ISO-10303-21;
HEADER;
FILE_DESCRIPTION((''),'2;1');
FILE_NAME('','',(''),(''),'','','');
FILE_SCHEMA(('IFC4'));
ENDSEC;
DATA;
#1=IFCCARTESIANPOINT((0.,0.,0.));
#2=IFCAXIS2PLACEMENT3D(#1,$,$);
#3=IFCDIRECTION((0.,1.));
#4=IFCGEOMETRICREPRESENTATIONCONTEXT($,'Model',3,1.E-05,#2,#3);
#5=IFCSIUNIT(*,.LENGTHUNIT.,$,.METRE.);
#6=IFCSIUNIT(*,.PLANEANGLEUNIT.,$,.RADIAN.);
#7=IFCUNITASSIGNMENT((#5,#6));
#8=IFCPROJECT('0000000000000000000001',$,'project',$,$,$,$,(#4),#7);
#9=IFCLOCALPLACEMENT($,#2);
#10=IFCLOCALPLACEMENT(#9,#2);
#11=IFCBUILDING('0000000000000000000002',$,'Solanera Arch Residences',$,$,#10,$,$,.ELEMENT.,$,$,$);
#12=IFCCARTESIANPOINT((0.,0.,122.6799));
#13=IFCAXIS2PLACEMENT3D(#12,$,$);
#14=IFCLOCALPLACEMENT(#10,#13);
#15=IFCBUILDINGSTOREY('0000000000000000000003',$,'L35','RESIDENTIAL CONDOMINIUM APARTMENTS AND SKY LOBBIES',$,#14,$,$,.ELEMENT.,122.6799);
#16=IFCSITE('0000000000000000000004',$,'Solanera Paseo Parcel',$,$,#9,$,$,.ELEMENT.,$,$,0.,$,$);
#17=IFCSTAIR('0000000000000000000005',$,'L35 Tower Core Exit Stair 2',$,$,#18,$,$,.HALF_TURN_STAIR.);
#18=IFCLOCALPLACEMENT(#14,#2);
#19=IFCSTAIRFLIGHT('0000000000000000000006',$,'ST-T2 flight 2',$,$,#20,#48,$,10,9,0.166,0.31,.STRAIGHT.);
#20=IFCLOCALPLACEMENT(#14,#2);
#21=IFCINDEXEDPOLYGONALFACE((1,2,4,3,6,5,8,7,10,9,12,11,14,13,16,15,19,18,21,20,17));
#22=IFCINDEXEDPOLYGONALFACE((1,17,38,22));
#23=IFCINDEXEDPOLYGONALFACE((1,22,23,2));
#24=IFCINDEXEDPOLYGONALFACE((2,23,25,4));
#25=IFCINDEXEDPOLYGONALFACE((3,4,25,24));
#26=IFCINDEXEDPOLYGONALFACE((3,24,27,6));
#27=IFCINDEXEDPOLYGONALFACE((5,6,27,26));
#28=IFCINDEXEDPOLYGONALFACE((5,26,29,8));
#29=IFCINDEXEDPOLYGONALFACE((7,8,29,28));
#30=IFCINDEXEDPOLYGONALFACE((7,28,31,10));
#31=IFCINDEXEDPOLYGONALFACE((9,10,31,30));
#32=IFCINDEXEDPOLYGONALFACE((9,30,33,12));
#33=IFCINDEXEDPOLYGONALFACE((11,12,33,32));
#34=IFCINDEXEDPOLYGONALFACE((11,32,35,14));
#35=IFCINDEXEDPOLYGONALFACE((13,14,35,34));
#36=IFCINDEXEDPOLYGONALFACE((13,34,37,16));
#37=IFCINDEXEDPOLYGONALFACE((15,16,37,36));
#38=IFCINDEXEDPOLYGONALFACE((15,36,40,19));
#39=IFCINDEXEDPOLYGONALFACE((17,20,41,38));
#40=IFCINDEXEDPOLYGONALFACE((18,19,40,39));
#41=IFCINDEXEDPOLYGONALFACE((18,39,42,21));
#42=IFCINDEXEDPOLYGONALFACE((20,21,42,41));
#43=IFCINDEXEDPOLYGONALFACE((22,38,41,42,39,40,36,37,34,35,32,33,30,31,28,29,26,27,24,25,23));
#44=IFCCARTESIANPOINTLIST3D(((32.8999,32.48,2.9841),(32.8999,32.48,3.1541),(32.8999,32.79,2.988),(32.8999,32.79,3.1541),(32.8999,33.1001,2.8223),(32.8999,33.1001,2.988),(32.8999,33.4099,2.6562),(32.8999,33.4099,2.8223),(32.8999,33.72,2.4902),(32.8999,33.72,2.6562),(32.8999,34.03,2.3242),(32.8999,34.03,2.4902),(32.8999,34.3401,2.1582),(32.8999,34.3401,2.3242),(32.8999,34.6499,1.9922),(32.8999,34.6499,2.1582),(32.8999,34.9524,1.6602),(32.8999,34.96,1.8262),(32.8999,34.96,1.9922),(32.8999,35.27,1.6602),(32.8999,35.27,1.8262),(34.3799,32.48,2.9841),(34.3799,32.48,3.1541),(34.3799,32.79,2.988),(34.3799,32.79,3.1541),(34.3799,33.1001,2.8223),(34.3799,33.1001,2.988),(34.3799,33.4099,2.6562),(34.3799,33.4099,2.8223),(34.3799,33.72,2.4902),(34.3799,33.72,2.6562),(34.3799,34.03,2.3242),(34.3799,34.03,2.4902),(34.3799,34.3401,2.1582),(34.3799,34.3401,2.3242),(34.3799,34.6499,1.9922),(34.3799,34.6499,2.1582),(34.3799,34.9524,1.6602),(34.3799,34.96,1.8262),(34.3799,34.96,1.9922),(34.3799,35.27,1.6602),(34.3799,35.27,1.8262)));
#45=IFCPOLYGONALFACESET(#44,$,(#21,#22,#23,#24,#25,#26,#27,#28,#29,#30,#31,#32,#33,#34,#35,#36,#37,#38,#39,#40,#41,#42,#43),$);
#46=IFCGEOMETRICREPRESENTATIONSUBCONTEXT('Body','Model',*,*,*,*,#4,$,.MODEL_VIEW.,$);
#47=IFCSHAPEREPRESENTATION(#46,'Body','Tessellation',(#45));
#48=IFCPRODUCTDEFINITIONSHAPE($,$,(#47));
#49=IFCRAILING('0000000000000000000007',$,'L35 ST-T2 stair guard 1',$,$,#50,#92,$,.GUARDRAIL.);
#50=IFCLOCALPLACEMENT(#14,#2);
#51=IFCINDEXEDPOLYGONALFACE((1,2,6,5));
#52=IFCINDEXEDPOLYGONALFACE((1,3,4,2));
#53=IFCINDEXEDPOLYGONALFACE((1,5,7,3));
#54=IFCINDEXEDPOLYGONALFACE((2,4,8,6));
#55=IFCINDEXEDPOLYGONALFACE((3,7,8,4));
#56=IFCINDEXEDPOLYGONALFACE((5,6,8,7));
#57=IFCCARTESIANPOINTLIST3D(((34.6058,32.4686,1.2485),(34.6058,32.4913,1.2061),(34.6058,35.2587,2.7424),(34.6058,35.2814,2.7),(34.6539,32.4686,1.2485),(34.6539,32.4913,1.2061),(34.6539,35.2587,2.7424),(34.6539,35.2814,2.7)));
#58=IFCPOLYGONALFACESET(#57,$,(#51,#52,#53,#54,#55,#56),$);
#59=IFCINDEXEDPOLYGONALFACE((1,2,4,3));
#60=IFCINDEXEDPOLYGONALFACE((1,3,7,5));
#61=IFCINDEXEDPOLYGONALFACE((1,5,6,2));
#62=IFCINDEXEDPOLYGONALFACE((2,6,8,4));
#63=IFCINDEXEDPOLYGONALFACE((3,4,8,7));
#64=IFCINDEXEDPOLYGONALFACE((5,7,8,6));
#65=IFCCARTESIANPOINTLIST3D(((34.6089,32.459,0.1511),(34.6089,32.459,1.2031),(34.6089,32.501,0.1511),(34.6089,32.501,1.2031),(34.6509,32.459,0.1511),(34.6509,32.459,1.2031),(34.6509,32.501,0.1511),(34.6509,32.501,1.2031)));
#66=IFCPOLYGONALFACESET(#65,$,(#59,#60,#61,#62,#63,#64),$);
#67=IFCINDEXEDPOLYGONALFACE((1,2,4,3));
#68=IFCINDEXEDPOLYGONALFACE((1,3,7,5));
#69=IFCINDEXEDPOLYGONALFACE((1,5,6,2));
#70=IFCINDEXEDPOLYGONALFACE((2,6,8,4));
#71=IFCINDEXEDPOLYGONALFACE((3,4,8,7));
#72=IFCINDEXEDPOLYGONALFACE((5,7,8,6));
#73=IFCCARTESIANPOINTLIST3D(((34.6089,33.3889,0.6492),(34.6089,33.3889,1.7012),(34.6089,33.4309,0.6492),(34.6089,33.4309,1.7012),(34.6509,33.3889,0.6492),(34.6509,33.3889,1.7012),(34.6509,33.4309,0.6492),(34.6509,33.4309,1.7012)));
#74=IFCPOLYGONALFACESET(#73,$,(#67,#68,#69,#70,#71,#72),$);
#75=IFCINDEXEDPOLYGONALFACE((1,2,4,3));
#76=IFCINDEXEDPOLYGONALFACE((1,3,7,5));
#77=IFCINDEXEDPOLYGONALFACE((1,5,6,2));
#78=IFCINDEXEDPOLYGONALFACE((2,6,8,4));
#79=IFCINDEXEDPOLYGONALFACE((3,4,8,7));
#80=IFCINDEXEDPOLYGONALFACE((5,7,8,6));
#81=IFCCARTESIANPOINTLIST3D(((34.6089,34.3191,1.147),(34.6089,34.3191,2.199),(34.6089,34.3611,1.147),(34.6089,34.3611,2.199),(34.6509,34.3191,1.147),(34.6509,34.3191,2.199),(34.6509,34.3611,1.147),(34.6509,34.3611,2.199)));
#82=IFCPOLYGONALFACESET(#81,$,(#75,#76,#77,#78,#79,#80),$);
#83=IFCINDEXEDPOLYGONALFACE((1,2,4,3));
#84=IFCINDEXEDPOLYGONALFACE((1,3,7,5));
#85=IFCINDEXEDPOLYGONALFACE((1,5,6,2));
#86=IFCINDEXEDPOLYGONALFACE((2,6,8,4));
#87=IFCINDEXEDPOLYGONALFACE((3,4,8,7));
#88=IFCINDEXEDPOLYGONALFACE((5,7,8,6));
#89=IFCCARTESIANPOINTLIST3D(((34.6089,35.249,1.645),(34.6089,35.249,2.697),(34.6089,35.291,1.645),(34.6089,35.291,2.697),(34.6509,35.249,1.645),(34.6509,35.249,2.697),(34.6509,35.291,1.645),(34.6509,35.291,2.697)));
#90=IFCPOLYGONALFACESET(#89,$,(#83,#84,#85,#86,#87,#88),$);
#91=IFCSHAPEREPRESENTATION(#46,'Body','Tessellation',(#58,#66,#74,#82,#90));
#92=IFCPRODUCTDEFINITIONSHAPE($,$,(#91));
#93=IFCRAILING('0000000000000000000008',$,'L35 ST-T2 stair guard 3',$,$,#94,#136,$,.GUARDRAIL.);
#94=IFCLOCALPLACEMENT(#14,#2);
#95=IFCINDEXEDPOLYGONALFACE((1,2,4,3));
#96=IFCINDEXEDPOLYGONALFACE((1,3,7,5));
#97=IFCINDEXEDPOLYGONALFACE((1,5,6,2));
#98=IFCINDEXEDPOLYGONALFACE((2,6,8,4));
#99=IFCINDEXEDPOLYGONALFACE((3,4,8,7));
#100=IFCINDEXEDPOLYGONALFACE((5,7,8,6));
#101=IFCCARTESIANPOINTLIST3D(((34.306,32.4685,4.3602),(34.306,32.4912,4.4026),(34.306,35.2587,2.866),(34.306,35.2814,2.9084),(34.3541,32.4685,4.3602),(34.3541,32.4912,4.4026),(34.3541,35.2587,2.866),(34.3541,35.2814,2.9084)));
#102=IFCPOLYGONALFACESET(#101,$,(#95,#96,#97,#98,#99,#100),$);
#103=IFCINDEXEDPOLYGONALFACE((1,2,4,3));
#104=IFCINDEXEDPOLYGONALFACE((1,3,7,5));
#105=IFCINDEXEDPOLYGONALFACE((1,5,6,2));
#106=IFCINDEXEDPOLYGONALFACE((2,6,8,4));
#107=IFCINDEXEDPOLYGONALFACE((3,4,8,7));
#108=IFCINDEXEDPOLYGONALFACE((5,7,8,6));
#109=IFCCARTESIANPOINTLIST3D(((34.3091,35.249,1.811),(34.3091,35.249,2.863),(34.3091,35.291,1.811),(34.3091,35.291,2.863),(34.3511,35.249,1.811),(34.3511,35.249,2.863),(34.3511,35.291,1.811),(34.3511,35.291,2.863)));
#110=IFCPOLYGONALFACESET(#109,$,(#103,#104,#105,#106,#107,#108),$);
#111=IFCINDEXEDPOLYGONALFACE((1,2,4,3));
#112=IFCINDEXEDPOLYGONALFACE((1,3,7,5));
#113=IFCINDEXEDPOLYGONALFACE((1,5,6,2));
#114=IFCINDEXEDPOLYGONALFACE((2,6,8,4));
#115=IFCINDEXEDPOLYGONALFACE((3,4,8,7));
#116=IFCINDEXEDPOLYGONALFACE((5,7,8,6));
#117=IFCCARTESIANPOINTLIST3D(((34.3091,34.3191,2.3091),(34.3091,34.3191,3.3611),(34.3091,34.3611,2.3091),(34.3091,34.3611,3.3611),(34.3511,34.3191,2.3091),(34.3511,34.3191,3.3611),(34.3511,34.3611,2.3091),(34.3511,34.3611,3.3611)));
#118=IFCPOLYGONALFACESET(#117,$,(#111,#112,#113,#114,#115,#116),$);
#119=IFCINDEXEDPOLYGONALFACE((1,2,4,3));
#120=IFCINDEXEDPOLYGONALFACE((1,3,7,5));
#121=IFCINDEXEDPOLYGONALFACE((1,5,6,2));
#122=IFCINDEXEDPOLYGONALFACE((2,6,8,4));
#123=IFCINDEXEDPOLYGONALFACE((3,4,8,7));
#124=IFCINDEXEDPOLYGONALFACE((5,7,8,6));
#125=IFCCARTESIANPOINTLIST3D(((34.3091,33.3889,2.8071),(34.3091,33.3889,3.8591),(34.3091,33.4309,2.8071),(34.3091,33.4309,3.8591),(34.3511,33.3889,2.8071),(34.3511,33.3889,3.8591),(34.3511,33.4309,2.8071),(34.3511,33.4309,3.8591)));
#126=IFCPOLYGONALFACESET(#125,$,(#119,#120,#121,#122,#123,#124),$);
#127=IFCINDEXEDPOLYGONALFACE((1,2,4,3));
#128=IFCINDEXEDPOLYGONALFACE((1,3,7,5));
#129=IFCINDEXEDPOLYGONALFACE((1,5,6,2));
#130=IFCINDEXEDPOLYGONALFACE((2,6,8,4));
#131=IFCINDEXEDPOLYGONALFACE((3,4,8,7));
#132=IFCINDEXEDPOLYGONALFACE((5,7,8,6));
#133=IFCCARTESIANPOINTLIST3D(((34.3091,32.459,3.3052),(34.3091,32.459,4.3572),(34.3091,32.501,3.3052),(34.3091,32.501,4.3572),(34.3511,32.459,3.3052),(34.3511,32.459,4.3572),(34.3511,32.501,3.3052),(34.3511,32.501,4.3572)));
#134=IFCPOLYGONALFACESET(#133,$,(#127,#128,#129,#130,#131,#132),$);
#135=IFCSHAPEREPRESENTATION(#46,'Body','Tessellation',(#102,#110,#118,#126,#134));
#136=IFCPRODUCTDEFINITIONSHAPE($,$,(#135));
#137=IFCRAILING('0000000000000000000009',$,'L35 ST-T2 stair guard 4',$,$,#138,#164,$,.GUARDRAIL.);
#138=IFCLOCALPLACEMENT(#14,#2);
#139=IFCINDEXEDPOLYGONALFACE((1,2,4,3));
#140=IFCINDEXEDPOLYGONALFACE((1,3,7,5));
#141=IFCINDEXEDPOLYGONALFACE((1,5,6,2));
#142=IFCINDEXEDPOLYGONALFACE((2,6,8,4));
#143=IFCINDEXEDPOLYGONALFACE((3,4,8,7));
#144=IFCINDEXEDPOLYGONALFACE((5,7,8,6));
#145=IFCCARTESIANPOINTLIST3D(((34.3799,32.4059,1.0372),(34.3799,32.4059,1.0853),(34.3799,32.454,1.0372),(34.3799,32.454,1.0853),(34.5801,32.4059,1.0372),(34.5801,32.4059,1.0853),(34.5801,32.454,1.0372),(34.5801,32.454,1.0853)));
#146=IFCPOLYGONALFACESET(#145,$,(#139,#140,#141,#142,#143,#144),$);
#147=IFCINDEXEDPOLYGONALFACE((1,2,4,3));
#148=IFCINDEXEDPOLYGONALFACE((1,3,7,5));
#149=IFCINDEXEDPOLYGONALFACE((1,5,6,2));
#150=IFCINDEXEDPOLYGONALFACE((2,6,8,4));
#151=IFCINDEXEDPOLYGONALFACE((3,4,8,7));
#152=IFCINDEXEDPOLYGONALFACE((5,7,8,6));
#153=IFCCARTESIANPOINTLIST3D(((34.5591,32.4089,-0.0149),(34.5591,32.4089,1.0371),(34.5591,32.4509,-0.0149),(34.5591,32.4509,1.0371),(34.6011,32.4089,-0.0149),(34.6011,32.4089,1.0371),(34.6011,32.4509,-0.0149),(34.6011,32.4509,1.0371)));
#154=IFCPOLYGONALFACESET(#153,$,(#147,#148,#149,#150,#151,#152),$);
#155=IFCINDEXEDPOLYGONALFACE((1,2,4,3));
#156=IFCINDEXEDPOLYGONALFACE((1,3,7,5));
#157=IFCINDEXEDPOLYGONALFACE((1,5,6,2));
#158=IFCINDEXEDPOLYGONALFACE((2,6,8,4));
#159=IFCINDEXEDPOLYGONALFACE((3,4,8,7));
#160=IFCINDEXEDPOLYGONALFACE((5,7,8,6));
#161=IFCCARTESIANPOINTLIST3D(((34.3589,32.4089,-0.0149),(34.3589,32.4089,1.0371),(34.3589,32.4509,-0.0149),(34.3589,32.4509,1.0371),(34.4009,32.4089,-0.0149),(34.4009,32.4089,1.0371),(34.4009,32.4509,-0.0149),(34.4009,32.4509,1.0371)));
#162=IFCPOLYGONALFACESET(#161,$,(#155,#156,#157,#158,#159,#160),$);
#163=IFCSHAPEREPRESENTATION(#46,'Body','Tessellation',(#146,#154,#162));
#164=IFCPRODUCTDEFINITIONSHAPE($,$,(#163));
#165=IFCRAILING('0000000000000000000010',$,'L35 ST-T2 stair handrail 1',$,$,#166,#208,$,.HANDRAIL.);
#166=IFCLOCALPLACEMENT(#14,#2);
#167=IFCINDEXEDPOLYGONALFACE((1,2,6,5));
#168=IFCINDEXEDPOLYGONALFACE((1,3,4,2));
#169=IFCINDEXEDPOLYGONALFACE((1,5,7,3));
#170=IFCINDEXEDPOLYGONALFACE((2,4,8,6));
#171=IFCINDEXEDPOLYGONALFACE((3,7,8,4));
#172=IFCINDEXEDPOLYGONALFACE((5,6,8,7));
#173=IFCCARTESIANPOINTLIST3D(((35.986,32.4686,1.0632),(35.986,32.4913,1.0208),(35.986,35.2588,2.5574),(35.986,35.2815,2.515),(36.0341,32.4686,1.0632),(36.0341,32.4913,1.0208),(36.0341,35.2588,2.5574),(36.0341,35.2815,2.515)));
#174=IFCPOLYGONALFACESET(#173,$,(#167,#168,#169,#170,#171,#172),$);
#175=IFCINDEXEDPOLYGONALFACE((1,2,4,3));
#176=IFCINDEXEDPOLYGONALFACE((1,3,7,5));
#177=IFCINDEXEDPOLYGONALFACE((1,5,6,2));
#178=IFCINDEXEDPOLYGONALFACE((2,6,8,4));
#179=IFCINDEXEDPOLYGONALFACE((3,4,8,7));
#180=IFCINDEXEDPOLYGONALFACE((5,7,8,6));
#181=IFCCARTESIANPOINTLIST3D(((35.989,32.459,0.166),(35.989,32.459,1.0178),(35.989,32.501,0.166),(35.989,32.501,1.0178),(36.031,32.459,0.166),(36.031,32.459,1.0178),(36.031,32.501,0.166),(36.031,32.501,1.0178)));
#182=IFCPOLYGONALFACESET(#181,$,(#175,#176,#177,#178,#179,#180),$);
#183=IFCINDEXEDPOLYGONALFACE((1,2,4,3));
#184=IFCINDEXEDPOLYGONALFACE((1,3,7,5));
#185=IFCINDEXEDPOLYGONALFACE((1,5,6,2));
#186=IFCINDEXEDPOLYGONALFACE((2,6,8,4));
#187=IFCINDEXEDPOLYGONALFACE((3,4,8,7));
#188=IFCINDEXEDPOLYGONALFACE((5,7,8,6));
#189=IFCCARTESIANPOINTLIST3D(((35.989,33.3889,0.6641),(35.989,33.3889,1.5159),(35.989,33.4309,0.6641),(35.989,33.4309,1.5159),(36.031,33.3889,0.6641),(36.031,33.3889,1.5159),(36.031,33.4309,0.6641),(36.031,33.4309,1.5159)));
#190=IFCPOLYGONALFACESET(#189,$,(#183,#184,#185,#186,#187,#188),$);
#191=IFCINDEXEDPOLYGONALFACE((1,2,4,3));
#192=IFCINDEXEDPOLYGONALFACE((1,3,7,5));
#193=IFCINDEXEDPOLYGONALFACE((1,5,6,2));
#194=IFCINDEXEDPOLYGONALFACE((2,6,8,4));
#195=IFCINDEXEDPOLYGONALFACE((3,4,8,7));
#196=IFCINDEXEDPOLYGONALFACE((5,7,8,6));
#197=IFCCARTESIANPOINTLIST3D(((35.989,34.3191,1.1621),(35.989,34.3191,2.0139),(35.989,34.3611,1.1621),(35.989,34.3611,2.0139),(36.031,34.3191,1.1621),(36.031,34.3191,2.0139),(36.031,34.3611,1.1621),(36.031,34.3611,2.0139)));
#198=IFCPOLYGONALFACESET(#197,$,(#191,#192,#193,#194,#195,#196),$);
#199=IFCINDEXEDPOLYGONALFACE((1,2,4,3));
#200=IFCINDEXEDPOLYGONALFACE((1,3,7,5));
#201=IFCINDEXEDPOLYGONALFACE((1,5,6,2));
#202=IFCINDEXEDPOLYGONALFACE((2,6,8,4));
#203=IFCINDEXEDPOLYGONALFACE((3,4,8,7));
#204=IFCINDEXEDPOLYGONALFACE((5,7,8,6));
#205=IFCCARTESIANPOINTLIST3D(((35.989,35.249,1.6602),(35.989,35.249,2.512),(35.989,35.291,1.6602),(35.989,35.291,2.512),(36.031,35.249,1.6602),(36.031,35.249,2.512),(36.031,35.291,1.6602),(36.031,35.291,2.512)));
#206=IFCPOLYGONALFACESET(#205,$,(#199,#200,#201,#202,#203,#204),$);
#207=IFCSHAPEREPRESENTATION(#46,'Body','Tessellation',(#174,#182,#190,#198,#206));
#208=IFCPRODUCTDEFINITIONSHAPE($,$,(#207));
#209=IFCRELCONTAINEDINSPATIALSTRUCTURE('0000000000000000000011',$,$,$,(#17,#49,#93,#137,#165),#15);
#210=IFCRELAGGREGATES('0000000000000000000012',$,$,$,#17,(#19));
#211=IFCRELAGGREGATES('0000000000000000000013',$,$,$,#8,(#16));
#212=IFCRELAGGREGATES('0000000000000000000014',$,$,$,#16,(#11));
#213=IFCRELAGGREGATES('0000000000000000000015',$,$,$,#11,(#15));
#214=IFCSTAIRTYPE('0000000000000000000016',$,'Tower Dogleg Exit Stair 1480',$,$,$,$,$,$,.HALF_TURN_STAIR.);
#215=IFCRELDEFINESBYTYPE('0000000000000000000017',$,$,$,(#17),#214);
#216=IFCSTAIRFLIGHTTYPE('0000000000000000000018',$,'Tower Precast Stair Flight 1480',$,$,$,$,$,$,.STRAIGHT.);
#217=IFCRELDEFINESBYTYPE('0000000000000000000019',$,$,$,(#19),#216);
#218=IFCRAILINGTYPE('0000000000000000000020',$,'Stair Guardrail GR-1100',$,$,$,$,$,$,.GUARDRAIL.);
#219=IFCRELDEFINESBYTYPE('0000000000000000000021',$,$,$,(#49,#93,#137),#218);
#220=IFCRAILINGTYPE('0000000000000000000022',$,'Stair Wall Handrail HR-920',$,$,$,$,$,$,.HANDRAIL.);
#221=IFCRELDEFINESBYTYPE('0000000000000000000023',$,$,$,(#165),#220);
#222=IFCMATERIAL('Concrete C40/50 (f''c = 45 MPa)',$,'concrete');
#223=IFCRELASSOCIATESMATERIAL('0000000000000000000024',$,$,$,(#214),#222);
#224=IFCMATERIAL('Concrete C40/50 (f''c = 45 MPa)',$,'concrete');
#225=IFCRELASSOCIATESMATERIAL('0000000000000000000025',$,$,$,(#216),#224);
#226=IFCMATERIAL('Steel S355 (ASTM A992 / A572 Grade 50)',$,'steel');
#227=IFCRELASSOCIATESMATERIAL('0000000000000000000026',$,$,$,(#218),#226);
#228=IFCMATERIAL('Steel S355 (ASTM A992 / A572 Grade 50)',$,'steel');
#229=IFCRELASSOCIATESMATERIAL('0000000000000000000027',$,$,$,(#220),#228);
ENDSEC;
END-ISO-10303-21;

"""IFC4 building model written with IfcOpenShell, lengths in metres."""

from ifc_helpers import new_model, si_unit, direction, frame, origin, origin_2d, place, context, subcontext, project, spatial, polyline, rectangle, outline, extrude, material, type_object, element, aggregate, save


model = new_model("IFC4")

# Units and contexts
model_context = context("Model", 3, precision=1e-05, world=origin(), true_north=direction((0.0, 1.0)))
body_context = subcontext(model_context, "Body", "Model", "MODEL_VIEW")
ifc_project = project(units=[si_unit("LENGTHUNIT", "METRE"), si_unit("PLANEANGLEUNIT", "RADIAN")], contexts=[model_context])

# Site, building, storey
site_placement = place(None, origin())
site = spatial("IfcSite", under=ifc_project, at=site_placement, Name="Solanera Paseo Parcel", CompositionType="ELEMENT", RefElevation=0.0)
building_placement = place(site_placement, origin())
building = spatial("IfcBuilding", under=site, at=building_placement, Name="Solanera Arch Residences", CompositionType="ELEMENT")
storey_placement = place(building_placement, frame((0.0, 0.0, 122.6799)))
storey = spatial("IfcBuildingStorey", under=building, at=storey_placement, Name="L35", Description="RESIDENTIAL CONDOMINIUM APARTMENTS AND SKY LOBBIES", CompositionType="ELEMENT", Elevation=122.6799)

# Stair, stair flight
ifc_material_1 = material(Name="Concrete C40/50 (f'c = 45 MPa)", Category="concrete")
stair_type = type_object("IfcStairType", Name="Tower Dogleg Exit Stair 1480", PredefinedType="HALF_TURN_STAIR", material=ifc_material_1)
stair_placement = place(storey_placement, origin())
stair = element("IfcStair", 1, at=stair_placement, inside=storey, type_object=stair_type, Name="L35 Tower Core Exit Stair 2", PredefinedType="HALF_TURN_STAIR")
ifc_material_2 = material(Name="Concrete C40/50 (f'c = 45 MPa)", Category="concrete")
stair_flight_type = type_object("IfcStairFlightType", Name="Tower Precast Stair Flight 1480", PredefinedType="STRAIGHT", material=ifc_material_2)
stair_flight_1_placement = place(storey_placement, frame((33.6399, 35.27, 1.6602), z_axis=(0.0, 0.0, 1.0), x_axis=(0.0, -1.0, 0.0)))
stair_flight_1 = element("IfcStairFlight", 2, at=stair_flight_1_placement, type_object=stair_flight_type, Name="ST-T2 flight 2", NumberOfRisers=10, NumberOfTreads=9, PredefinedType="STRAIGHT", RiserHeight=0.166, TreadLength=0.31, context=body_context, shape_type="SweptSolid", body=[
    extrude(outline(polyline([(0.0, 0.0), (0.0, 0.166), (0.3101, 0.166), (0.3101, 0.332), (0.6201, 0.332), (0.6201, 0.498), (0.9299, 0.498), (0.9299, 0.6641), (1.24, 0.6641), (1.24, 0.8301), (1.55, 0.8301), (1.55, 0.9961), (1.8601, 0.9961), (1.8601, 1.1621), (2.1699, 1.1621), (2.1699, 1.3279), (2.48, 1.3279), (2.48, 1.4939), (2.79, 1.4939), (2.79, 1.6599), (2.79, 1.324), (0.3176, 0.0), (0.0, 0.0)])), frame((0.0, 0.74, 0.0), z_axis=(0.0, -1.0, 0.0), x_axis=(1.0, 0.0, 0.0)), (0.0, 0.0, 1.0), 1.48),
])
aggregate(stair, [stair_flight_1])

# Railings
ifc_material_3 = material(Name="Steel S355 (ASTM A992 / A572 Grade 50)", Category="steel")
railing_type_1 = type_object("IfcRailingType", Name="Stair Guardrail GR-1100", PredefinedType="GUARDRAIL", material=ifc_material_3)
railing_1_placement = place(storey_placement, frame((34.6299, 32.48, 0.1511)))
element("IfcRailing", 3, at=railing_1_placement, inside=storey, type_object=railing_type_1, Name="L35 ST-T2 stair guard 1", PredefinedType="GUARDRAIL", context=body_context, shape_type="SweptSolid", body=[
    extrude(rectangle(XDim=0.0481, YDim=0.0481, at=origin_2d()), frame((0.0, 0.0, 1.0762), z_axis=(0.0, 0.881581, 0.472033), x_axis=(-1.0, 0.0, 0.0)), (0.0, 0.0, 1.0), 3.1648),
    extrude(rectangle(XDim=0.042, YDim=0.042, at=origin_2d()), origin(), (0.0, 0.0, 1.0), 1.052),
    extrude(rectangle(XDim=0.042, YDim=0.042, at=origin_2d()), frame((0.0, 0.9299, 0.498)), (0.0, 0.0, 1.0), 1.052),
    extrude(rectangle(XDim=0.042, YDim=0.042, at=origin_2d()), frame((0.0, 1.8601, 0.9958)), (0.0, 0.0, 1.0), 1.052),
    extrude(rectangle(XDim=0.042, YDim=0.042, at=origin_2d()), frame((0.0, 2.79, 1.4939)), (0.0, 0.0, 1.0), 1.052),
])
railing_2_placement = place(storey_placement, frame((34.3301, 35.27, 1.811)))
element("IfcRailing", 4, at=railing_2_placement, inside=storey, type_object=railing_type_1, Name="L35 ST-T2 stair guard 3", PredefinedType="GUARDRAIL", context=body_context, shape_type="SweptSolid", body=[
    extrude(rectangle(XDim=0.0481, YDim=0.0481, at=origin_2d()), frame((0.0, 0.0, 1.0762), z_axis=(0.0, -0.881549, 0.472093), x_axis=(1.0, 0.0, 0.0)), (0.0, 0.0, 1.0), 3.165),
    extrude(rectangle(XDim=0.042, YDim=0.042, at=origin_2d()), origin(), (0.0, 0.0, 1.0), 1.052),
    extrude(rectangle(XDim=0.042, YDim=0.042, at=origin_2d()), frame((0.0, -0.9299, 0.498)), (0.0, 0.0, 1.0), 1.052),
    extrude(rectangle(XDim=0.042, YDim=0.042, at=origin_2d()), frame((0.0, -1.8601, 0.9961)), (0.0, 0.0, 1.0), 1.052),
    extrude(rectangle(XDim=0.042, YDim=0.042, at=origin_2d()), frame((0.0, -2.79, 1.4941)), (0.0, 0.0, 1.0), 1.052),
])
railing_3_placement = place(storey_placement, frame((34.5801, 32.4299, -0.0149)))
element("IfcRailing", 5, at=railing_3_placement, inside=storey, type_object=railing_type_1, Name="L35 ST-T2 stair guard 4", PredefinedType="GUARDRAIL", context=body_context, shape_type="SweptSolid", body=[
    extrude(rectangle(XDim=0.0481, YDim=0.0481, at=origin_2d()), frame((0.0, 0.0, 1.0762), z_axis=(-1.0, 0.0, 0.0), x_axis=(0.0, -1.0, 0.0)), (0.0, 0.0, 1.0), 0.2002),
    extrude(rectangle(XDim=0.042, YDim=0.042, at=origin_2d()), origin(), (0.0, 0.0, 1.0), 1.052),
    extrude(rectangle(XDim=0.042, YDim=0.042, at=origin_2d()), frame((-0.2002, 0.0, 0.0)), (0.0, 0.0, 1.0), 1.052),
])
ifc_material_4 = material(Name="Steel S355 (ASTM A992 / A572 Grade 50)", Category="steel")
railing_type_2 = type_object("IfcRailingType", Name="Stair Wall Handrail HR-920", PredefinedType="HANDRAIL", material=ifc_material_4)
railing_4_placement = place(storey_placement, frame((36.01, 32.48, 0.166)))
element("IfcRailing", 6, at=railing_4_placement, inside=storey, type_object=railing_type_2, Name="L35 ST-T2 stair handrail 1", PredefinedType="HANDRAIL", context=body_context, shape_type="SweptSolid", body=[
    extrude(rectangle(XDim=0.0481, YDim=0.0481, at=origin_2d()), frame((0.0, 0.0, 0.876), z_axis=(0.0, 0.881549, 0.472093), x_axis=(-1.0, 0.0, 0.0)), (0.0, 0.0, 1.0), 3.165),
    extrude(rectangle(XDim=0.042, YDim=0.042, at=origin_2d()), origin(), (0.0, 0.0, 1.0), 0.8518),
    extrude(rectangle(XDim=0.042, YDim=0.042, at=origin_2d()), frame((0.0, 0.9299, 0.498)), (0.0, 0.0, 1.0), 0.8518),
    extrude(rectangle(XDim=0.042, YDim=0.042, at=origin_2d()), frame((0.0, 1.8601, 0.9961)), (0.0, 0.0, 1.0), 0.8518),
    extrude(rectangle(XDim=0.042, YDim=0.042, at=origin_2d()), frame((0.0, 2.79, 1.4941)), (0.0, 0.0, 1.0), 0.8518),
])

save(model, "model.ifc")
